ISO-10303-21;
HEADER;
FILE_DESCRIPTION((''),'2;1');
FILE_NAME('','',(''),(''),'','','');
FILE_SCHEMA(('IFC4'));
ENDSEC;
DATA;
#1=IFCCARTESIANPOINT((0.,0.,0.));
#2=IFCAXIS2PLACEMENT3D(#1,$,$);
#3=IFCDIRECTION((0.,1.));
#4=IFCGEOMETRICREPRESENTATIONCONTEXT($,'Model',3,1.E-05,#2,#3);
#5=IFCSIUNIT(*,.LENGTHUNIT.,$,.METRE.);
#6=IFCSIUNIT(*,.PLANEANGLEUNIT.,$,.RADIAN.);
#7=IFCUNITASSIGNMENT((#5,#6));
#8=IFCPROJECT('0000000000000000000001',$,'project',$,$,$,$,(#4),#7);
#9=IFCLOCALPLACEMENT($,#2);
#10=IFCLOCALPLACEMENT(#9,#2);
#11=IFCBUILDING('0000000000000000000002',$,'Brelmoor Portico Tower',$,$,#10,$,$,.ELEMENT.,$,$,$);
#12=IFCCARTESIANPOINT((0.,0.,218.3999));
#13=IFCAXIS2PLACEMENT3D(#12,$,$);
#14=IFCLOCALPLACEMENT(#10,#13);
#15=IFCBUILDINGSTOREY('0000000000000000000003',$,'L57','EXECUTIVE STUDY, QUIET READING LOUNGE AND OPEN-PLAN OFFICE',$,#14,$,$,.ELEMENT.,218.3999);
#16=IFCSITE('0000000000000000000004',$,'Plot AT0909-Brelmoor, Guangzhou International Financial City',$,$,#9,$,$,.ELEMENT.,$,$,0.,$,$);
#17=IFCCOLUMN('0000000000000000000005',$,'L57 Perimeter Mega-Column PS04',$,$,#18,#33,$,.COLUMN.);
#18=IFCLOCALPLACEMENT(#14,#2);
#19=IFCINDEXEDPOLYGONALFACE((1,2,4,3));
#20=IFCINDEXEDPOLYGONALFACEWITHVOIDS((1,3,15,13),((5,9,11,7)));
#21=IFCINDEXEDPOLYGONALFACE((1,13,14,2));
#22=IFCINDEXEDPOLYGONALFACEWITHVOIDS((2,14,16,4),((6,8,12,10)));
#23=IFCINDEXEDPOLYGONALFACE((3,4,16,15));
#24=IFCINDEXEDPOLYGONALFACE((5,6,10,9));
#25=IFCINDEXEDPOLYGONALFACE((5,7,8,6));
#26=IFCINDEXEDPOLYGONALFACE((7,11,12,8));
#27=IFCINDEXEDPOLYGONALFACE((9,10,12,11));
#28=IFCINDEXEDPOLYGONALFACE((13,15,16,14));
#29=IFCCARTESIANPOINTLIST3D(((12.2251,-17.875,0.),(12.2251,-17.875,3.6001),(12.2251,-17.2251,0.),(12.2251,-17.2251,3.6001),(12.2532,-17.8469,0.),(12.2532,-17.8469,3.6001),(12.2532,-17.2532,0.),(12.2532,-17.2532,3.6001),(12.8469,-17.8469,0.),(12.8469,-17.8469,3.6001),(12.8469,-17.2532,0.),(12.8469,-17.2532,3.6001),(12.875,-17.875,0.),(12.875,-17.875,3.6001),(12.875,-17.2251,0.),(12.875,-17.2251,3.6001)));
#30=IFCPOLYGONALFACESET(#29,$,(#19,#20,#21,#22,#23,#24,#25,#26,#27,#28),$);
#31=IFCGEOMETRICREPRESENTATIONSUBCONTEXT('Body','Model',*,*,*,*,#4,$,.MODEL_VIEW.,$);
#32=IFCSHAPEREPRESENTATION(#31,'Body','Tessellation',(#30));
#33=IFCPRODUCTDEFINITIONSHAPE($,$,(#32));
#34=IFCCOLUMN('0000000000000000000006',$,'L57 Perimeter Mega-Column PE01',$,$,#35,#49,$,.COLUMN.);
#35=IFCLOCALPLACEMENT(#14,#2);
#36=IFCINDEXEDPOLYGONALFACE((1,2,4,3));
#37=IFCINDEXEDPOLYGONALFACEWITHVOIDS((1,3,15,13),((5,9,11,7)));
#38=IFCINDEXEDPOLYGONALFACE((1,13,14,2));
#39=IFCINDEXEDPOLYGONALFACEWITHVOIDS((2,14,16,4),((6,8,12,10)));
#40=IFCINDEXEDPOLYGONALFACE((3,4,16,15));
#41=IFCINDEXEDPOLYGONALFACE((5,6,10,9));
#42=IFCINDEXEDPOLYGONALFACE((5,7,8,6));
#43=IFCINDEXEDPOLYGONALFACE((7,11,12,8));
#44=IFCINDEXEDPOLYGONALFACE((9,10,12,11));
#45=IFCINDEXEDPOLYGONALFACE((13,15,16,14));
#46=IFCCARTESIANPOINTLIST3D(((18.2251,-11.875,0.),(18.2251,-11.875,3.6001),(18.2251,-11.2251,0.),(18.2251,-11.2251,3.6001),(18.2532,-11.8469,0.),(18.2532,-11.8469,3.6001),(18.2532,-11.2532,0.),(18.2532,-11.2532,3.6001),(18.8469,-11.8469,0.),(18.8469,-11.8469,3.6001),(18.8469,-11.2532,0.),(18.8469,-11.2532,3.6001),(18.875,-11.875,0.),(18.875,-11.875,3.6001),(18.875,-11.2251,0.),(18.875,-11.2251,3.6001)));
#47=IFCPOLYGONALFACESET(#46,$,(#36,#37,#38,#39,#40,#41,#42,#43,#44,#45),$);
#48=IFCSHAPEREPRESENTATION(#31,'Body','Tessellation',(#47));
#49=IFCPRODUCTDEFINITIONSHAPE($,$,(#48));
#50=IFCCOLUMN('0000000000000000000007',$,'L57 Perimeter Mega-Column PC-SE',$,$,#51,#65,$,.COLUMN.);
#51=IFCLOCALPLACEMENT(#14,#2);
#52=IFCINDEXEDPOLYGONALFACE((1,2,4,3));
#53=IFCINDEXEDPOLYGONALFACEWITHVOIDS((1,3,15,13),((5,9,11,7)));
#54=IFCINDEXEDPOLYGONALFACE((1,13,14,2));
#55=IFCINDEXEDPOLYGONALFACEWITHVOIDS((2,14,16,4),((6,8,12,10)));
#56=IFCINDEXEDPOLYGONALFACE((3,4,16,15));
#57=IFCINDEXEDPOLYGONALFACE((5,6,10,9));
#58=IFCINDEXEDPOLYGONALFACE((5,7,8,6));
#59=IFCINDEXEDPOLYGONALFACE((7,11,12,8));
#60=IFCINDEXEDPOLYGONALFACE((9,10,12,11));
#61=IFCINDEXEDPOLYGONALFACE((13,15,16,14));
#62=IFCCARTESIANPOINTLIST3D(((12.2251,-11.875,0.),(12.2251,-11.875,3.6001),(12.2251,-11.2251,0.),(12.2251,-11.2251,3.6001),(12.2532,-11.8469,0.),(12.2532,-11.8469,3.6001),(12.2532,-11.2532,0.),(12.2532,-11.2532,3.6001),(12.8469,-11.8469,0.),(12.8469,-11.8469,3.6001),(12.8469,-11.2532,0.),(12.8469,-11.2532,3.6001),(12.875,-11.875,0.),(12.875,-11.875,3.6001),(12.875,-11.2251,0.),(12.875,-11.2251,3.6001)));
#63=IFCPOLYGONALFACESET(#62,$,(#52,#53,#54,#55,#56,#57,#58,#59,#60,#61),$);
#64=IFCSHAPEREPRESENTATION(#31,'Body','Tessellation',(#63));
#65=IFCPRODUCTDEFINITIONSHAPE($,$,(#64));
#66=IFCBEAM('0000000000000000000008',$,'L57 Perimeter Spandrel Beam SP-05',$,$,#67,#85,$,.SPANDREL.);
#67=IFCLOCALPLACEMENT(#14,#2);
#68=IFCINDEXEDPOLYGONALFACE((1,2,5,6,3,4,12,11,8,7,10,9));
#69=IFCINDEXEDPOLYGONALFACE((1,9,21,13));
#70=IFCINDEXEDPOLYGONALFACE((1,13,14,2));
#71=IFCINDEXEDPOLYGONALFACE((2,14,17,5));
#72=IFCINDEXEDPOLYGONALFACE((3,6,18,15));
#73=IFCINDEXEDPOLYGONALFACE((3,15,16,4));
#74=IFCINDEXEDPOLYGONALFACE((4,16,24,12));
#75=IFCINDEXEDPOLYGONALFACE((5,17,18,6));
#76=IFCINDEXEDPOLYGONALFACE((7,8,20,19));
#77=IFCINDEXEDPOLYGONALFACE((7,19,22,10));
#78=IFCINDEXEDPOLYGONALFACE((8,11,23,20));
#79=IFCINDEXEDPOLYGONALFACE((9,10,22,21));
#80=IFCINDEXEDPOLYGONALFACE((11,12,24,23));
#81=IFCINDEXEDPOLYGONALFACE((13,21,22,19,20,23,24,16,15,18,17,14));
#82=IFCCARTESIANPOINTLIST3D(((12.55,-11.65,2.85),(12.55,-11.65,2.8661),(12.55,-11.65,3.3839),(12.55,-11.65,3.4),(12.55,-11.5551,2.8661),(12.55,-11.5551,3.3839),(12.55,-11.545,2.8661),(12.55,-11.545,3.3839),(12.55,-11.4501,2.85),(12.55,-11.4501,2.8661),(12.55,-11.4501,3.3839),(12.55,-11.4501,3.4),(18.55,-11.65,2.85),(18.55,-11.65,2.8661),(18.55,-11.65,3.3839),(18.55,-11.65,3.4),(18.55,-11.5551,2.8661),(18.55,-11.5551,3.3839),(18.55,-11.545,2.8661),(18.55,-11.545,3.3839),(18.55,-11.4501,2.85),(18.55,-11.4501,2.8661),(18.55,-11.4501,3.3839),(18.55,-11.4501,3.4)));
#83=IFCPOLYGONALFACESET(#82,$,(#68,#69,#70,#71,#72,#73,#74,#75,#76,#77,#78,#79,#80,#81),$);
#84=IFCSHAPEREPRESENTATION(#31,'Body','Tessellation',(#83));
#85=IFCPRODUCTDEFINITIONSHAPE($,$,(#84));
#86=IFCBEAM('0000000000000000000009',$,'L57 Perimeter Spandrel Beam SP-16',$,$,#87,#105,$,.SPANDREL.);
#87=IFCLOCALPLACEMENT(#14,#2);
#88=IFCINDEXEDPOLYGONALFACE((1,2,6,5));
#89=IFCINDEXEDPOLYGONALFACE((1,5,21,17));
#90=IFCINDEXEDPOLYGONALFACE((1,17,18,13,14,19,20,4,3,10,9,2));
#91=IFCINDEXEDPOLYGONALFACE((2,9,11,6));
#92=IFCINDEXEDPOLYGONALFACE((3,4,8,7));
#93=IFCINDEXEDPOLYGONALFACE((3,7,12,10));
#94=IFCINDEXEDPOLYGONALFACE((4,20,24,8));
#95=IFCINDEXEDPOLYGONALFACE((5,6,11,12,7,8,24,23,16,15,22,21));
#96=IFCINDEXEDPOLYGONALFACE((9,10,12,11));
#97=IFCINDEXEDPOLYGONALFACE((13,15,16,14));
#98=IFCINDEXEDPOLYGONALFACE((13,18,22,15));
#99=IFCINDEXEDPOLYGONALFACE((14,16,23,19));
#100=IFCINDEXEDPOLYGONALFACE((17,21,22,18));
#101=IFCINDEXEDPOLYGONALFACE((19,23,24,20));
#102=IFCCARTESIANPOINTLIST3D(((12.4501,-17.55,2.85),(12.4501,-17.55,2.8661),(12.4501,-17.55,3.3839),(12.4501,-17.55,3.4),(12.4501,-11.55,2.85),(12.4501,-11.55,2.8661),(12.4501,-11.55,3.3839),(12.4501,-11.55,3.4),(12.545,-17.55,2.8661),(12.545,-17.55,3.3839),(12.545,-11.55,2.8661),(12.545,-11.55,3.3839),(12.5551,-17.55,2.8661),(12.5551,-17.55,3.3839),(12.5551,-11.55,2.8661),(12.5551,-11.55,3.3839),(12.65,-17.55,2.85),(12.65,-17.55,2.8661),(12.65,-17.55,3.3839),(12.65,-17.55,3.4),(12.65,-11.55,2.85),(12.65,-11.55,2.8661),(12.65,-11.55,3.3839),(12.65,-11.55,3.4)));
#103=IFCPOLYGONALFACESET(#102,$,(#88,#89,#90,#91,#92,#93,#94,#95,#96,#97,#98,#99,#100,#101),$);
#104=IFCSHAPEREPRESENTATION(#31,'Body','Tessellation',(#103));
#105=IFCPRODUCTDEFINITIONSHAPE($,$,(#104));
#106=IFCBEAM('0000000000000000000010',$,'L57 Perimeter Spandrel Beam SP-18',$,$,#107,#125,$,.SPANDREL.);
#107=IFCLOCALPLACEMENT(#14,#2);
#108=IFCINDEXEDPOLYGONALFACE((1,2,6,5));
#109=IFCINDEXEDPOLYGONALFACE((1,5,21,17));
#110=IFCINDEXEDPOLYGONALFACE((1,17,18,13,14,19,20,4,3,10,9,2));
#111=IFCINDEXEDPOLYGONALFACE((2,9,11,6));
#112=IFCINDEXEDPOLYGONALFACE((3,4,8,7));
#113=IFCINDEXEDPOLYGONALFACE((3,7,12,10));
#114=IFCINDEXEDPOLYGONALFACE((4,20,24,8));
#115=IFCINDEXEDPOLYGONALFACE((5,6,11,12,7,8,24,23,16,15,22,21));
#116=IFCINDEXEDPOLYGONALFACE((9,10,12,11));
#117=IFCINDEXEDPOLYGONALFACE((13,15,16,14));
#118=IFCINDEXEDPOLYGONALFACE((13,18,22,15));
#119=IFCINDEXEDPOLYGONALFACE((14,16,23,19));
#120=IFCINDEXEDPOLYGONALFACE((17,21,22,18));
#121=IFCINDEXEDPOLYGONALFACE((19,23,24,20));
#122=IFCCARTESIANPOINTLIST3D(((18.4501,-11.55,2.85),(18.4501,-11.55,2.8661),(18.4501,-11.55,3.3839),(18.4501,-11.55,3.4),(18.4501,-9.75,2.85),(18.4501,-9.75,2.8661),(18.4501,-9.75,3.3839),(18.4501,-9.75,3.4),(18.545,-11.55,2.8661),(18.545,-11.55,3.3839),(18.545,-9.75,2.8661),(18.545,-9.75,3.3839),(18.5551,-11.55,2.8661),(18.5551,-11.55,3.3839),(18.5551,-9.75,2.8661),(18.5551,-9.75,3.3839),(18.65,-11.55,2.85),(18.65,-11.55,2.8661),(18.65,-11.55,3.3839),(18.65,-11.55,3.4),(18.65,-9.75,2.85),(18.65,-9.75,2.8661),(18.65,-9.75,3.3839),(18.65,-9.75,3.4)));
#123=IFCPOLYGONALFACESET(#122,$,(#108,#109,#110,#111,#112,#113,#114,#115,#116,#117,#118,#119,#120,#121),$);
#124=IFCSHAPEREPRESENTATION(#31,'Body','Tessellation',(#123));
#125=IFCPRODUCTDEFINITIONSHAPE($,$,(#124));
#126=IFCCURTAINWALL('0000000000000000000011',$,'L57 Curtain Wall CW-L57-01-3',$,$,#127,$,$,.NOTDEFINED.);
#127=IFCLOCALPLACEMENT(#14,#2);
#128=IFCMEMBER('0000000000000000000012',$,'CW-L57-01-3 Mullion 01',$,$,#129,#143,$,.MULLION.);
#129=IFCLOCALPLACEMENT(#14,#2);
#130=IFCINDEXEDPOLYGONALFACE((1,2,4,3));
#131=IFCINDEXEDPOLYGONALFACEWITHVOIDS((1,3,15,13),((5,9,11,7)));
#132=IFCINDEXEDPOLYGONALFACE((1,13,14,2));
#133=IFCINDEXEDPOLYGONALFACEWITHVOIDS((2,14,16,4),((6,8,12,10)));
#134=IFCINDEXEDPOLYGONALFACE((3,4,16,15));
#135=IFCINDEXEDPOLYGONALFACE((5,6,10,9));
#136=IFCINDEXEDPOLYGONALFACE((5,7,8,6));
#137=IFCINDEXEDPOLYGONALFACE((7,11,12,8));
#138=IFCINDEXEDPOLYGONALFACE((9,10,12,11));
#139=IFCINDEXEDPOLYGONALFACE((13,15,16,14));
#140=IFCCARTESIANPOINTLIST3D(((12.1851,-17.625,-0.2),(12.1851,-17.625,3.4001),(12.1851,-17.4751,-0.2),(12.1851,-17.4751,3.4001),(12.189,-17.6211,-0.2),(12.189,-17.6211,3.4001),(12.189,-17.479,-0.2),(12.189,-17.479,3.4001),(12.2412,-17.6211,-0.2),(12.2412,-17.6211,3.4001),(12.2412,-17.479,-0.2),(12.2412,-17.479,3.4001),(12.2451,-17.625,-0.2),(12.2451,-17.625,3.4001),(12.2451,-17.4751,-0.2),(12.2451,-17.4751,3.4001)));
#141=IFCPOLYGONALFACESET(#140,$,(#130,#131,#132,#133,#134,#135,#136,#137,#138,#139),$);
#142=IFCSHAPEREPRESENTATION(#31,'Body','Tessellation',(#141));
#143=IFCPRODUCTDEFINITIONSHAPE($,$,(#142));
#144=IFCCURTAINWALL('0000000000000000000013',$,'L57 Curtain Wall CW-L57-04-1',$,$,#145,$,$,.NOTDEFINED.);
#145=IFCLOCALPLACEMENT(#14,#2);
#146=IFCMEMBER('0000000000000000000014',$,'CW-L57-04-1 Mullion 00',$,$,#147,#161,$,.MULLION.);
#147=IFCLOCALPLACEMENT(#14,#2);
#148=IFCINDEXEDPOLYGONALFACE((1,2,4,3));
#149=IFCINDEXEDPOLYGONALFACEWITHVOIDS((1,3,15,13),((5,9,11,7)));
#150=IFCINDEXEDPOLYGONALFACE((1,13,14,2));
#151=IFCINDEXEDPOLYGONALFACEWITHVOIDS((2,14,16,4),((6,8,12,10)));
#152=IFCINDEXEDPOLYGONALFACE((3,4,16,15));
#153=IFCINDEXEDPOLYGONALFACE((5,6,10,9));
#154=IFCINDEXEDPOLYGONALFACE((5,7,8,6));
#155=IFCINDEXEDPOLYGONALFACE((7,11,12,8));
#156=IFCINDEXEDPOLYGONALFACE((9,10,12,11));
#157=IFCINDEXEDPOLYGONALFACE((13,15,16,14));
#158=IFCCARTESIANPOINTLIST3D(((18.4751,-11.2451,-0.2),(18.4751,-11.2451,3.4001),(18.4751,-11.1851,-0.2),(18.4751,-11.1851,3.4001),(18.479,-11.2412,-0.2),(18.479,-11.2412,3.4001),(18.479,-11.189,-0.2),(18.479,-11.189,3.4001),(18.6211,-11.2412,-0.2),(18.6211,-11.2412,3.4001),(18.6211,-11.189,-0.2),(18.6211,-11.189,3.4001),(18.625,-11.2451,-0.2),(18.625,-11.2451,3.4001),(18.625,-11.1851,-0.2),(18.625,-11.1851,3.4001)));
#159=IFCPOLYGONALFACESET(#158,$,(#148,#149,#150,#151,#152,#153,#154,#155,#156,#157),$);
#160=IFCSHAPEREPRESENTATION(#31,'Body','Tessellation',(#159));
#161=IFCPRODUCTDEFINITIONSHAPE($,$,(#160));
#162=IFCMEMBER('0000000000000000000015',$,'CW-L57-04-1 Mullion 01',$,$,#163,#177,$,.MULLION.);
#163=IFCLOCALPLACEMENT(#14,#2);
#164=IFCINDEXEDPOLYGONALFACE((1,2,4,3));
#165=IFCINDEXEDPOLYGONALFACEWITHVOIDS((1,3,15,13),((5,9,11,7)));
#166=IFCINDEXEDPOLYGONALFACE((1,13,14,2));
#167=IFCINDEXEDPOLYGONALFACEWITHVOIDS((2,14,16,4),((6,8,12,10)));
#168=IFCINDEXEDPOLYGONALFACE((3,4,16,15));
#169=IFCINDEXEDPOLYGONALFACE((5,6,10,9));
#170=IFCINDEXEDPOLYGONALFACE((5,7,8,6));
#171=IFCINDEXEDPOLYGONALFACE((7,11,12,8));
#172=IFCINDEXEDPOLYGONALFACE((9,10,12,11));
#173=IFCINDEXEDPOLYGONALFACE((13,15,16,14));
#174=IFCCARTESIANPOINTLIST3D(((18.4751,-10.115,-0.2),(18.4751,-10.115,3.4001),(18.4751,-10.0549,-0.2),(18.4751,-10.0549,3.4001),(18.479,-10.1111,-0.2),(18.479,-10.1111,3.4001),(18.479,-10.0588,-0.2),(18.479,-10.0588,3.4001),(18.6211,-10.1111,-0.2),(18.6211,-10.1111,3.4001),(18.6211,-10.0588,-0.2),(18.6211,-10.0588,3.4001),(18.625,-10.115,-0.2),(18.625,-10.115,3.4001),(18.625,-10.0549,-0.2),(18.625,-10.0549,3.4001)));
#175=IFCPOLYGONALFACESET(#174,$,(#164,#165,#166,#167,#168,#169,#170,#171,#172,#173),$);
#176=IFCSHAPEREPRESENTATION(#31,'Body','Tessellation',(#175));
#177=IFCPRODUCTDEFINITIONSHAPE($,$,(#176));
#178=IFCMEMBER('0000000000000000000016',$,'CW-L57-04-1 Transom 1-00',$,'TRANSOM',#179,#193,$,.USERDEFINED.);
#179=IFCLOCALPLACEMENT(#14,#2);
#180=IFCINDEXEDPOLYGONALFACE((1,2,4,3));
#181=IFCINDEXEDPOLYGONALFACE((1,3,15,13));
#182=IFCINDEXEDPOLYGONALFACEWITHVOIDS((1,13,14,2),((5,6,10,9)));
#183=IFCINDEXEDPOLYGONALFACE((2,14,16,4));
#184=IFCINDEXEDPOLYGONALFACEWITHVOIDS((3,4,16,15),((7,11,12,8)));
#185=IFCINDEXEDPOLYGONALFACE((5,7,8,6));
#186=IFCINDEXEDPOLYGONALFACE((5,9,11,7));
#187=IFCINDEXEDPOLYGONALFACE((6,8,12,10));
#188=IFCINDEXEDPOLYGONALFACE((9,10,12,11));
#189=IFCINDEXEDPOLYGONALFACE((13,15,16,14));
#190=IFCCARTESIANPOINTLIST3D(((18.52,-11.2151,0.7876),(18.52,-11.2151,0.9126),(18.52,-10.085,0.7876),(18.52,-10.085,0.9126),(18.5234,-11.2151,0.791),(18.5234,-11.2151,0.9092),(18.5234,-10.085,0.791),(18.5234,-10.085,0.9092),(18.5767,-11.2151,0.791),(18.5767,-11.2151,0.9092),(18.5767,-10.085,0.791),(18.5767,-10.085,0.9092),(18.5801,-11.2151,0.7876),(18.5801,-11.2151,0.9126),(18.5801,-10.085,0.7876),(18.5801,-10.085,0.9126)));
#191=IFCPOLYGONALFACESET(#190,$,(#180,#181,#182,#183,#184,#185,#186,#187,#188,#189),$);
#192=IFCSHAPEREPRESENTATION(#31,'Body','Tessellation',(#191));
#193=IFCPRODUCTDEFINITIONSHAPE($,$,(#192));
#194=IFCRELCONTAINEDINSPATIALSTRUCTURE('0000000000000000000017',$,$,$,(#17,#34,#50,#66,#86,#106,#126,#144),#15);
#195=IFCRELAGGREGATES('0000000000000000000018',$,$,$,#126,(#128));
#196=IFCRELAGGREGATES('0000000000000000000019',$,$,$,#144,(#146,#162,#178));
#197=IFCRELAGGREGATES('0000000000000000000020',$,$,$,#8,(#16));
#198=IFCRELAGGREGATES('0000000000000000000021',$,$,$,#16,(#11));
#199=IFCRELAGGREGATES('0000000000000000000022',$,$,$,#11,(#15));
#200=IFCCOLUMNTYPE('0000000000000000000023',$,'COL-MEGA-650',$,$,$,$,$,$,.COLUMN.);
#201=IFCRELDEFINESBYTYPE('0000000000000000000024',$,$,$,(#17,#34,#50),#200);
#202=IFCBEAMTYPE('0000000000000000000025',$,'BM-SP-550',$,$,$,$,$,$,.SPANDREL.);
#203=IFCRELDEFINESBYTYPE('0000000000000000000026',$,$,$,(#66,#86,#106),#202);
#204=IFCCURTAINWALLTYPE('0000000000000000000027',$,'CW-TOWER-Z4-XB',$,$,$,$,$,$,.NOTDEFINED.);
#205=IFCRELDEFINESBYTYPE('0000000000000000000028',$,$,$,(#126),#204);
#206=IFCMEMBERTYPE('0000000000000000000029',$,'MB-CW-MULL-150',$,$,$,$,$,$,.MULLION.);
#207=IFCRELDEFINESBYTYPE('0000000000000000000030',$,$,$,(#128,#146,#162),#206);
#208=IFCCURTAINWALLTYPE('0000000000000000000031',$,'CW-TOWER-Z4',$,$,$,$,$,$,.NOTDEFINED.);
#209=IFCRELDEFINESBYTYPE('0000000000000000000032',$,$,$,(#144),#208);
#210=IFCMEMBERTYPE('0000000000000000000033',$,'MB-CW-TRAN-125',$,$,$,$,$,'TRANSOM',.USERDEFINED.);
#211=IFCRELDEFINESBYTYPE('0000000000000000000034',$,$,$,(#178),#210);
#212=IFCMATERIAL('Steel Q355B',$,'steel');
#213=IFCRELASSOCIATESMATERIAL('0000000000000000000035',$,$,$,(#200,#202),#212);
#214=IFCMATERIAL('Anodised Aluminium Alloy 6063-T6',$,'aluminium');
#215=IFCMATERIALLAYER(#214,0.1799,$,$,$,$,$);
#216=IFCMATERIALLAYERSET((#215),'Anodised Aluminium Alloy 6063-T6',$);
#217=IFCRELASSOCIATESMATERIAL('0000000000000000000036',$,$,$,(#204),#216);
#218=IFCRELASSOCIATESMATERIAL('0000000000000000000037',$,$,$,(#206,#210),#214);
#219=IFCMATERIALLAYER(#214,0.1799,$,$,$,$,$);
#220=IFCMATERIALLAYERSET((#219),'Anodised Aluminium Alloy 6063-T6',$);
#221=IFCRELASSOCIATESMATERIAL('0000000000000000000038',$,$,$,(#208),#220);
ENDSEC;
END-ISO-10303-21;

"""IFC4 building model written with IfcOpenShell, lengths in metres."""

from ifc_helpers import new_model, si_unit, direction, frame, origin, origin_2d, place, context, subcontext, project, spatial, hollow_rectangle, i_section, extrude, material, layer, layer_set, material_profile, profile_set, type_object, element, aggregate, save


model = new_model("IFC4")

# Units and contexts
model_context = context("Model", 3, precision=1e-05, world=origin(), true_north=direction((0.0, 1.0)))
body_context = subcontext(model_context, "Body", "Model", "MODEL_VIEW")
ifc_project = project(units=[si_unit("LENGTHUNIT", "METRE"), si_unit("PLANEANGLEUNIT", "RADIAN")], contexts=[model_context])

# Site, building, storey
site_placement = place(None, origin())
site = spatial("IfcSite", under=ifc_project, at=site_placement, Name="Plot AT0909-Brelmoor, Guangzhou International Financial City", CompositionType="ELEMENT", RefElevation=0.0)
building_placement = place(site_placement, origin())
building = spatial("IfcBuilding", under=site, at=building_placement, Name="Brelmoor Portico Tower", CompositionType="ELEMENT")
storey_placement = place(building_placement, frame((0.0, 0.0, 218.3999)))
storey = spatial("IfcBuildingStorey", under=building, at=storey_placement, Name="L57", Description="EXECUTIVE STUDY, QUIET READING LOUNGE AND OPEN-PLAN OFFICE", CompositionType="ELEMENT", Elevation=218.3999)

# Columns
ifc_material_1 = material(Name="Steel Q355B", Category="steel")
ifc_material_profile_1 = material_profile(ifc_material_1, hollow_rectangle(XDim=0.6499, YDim=0.6499, WallThickness=0.0281, at=origin_2d()), Name="BOX 650x650x28")
ifc_profile_set_1 = profile_set([ifc_material_profile_1], Name="Steel Q355B")
column_type = type_object("IfcColumnType", Name="COL-MEGA-650", PredefinedType="COLUMN", material=ifc_profile_set_1)
for number, where, z_axis, x_axis, name in (
    (1, (12.55, -17.55, 0.0), (0.0, 0.0, 1.0), (1.0, 0.0, 0.0), "L57 Perimeter Mega-Column PS04"),
    (2, (18.55, -11.55, 0.0), (0.0, 0.0, 1.0), (0.0, 1.0, 0.0), "L57 Perimeter Mega-Column PE01"),
    (3, (12.55, -11.55, 0.0), (0.0, 0.0, 1.0), (1.0, 0.0, 0.0), "L57 Perimeter Mega-Column PC-SE"),
):
    element("IfcColumn", number, at=place(storey_placement, frame(where, z_axis=z_axis, x_axis=x_axis)), inside=storey, type_object=column_type, Name=name, PredefinedType="COLUMN", context=body_context, shape_type="SweptSolid", body=[
        extrude(hollow_rectangle(XDim=0.6499, YDim=0.6499, WallThickness=0.0281, at=origin_2d()), origin(), (0.0, 0.0, 1.0), 3.6001),
    ])

# Beams
ifc_material_profile_2 = material_profile(ifc_material_1, i_section(OverallWidth=0.2, OverallDepth=0.55, WebThickness=0.01, FlangeThickness=0.0161, at=origin_2d()), Name="HN 550x200x10x16")
ifc_profile_set_2 = profile_set([ifc_material_profile_2], Name="Steel Q355B")
beam_type = type_object("IfcBeamType", Name="BM-SP-550", PredefinedType="SPANDREL", material=ifc_profile_set_2)
for number, where, z_axis, x_axis, name in (
    (4, (12.55, -11.55, 3.125), (1.0, 0.0, 0.0), (0.0, 1.0, 0.0), "L57 Perimeter Spandrel Beam SP-05"),
    (5, (12.55, -17.55, 3.125), (0.0, 1.0, 0.0), (-1.0, 0.0, 0.0), "L57 Perimeter Spandrel Beam SP-16"),
):
    element("IfcBeam", number, at=place(storey_placement, frame(where, z_axis=z_axis, x_axis=x_axis)), inside=storey, type_object=beam_type, Name=name, PredefinedType="SPANDREL", context=body_context, shape_type="SweptSolid", body=[
        extrude(i_section(OverallWidth=0.2, OverallDepth=0.55, WebThickness=0.01, FlangeThickness=0.0161, at=origin_2d()), origin(), (0.0, 0.0, 1.0), 6.0),
    ])
beam_placement = place(storey_placement, frame((18.55, -11.55, 3.125), z_axis=(0.0, 1.0, 0.0), x_axis=(-1.0, 0.0, 0.0)))
element("IfcBeam", 6, at=beam_placement, inside=storey, type_object=beam_type, Name="L57 Perimeter Spandrel Beam SP-18", PredefinedType="SPANDREL", context=body_context, shape_type="SweptSolid", body=[
    extrude(i_section(OverallWidth=0.2, OverallDepth=0.55, WebThickness=0.01, FlangeThickness=0.0161, at=origin_2d()), origin(), (0.0, 0.0, 1.0), 1.8),
])

# Curtain wall, member
ifc_material_2 = material(Name="Anodised Aluminium Alloy 6063-T6", Category="aluminium")
ifc_layer_1 = layer(ifc_material_2, 0.1799)
ifc_layer_set_1 = layer_set([ifc_layer_1], Name="Anodised Aluminium Alloy 6063-T6")
curtain_wall_type_1 = type_object("IfcCurtainWallType", Name="CW-TOWER-Z4-XB", PredefinedType="NOTDEFINED", material=ifc_layer_set_1)
curtain_wall_1_placement = place(storey_placement, origin())
curtain_wall_1 = element("IfcCurtainWall", 7, at=curtain_wall_1_placement, inside=storey, type_object=curtain_wall_type_1, Name="L57 Curtain Wall CW-L57-01-3", PredefinedType="NOTDEFINED")
ifc_material_profile_3 = material_profile(ifc_material_2, hollow_rectangle(XDim=0.0601, YDim=0.1499, WallThickness=0.0039, at=origin_2d()), Name="ALU MULLION 60x150")
ifc_profile_set_3 = profile_set([ifc_material_profile_3], Name="Anodised Aluminium Alloy 6063-T6")
member_type_1 = type_object("IfcMemberType", Name="MB-CW-MULL-150", PredefinedType="MULLION", material=ifc_profile_set_3)
member_1_placement = place(storey_placement, frame((12.2151, -17.55, -0.2), z_axis=(0.0, 0.0, 1.0), x_axis=(1.0, 0.0, 0.0)))
member_1 = element("IfcMember", 8, at=member_1_placement, type_object=member_type_1, Name="CW-L57-01-3 Mullion 01", PredefinedType="MULLION", context=body_context, shape_type="SweptSolid", body=[
    extrude(hollow_rectangle(XDim=0.0601, YDim=0.1499, WallThickness=0.0039, at=origin_2d()), origin(), (0.0, 0.0, 1.0), 3.6001),
])
aggregate(curtain_wall_1, [member_1])

# Curtain wall, members
ifc_layer_2 = layer(ifc_material_2, 0.1799)
ifc_layer_set_2 = layer_set([ifc_layer_2], Name="Anodised Aluminium Alloy 6063-T6")
curtain_wall_type_2 = type_object("IfcCurtainWallType", Name="CW-TOWER-Z4", PredefinedType="NOTDEFINED", material=ifc_layer_set_2)
curtain_wall_2_placement = place(storey_placement, origin())
curtain_wall_2 = element("IfcCurtainWall", 9, at=curtain_wall_2_placement, inside=storey, type_object=curtain_wall_type_2, Name="L57 Curtain Wall CW-L57-04-1", PredefinedType="NOTDEFINED")
member_2_placement = place(storey_placement, frame((18.55, -11.2151, -0.2), z_axis=(0.0, 0.0, 1.0), x_axis=(0.0, 1.0, 0.0)))
member_2 = element("IfcMember", 10, at=member_2_placement, type_object=member_type_1, Name="CW-L57-04-1 Mullion 00", PredefinedType="MULLION", context=body_context, shape_type="SweptSolid", body=[
    extrude(hollow_rectangle(XDim=0.0601, YDim=0.1499, WallThickness=0.0039, at=origin_2d()), origin(), (0.0, 0.0, 1.0), 3.6001),
])
member_3_placement = place(storey_placement, frame((18.55, -10.085, -0.2), z_axis=(0.0, 0.0, 1.0), x_axis=(0.0, 1.0, 0.0)))
member_3 = element("IfcMember", 11, at=member_3_placement, type_object=member_type_1, Name="CW-L57-04-1 Mullion 01", PredefinedType="MULLION", context=body_context, shape_type="SweptSolid", body=[
    extrude(hollow_rectangle(XDim=0.0601, YDim=0.1499, WallThickness=0.0039, at=origin_2d()), origin(), (0.0, 0.0, 1.0), 3.6001),
])
ifc_material_profile_4 = material_profile(ifc_material_2, hollow_rectangle(XDim=0.0601, YDim=0.125, WallThickness=0.0034, at=origin_2d()), Name="ALU TRANSOM 60x125")
ifc_profile_set_4 = profile_set([ifc_material_profile_4], Name="Anodised Aluminium Alloy 6063-T6")
member_type_2 = type_object("IfcMemberType", Name="MB-CW-TRAN-125", ElementType="TRANSOM", PredefinedType="USERDEFINED", material=ifc_profile_set_4)
member_4_placement = place(storey_placement, frame((18.55, -11.2151, 0.8501), z_axis=(0.0, 1.0, 0.0), x_axis=(-1.0, 0.0, 0.0)))
member_4 = element("IfcMember", 12, at=member_4_placement, type_object=member_type_2, Name="CW-L57-04-1 Transom 1-00", ObjectType="TRANSOM", PredefinedType="USERDEFINED", context=body_context, shape_type="SweptSolid", body=[
    extrude(hollow_rectangle(XDim=0.0601, YDim=0.125, WallThickness=0.0034, at=origin_2d()), origin(), (0.0, 0.0, 1.0), 1.1301),
])
aggregate(curtain_wall_2, [member_2, member_3, member_4])

save(model, "model.ifc")
